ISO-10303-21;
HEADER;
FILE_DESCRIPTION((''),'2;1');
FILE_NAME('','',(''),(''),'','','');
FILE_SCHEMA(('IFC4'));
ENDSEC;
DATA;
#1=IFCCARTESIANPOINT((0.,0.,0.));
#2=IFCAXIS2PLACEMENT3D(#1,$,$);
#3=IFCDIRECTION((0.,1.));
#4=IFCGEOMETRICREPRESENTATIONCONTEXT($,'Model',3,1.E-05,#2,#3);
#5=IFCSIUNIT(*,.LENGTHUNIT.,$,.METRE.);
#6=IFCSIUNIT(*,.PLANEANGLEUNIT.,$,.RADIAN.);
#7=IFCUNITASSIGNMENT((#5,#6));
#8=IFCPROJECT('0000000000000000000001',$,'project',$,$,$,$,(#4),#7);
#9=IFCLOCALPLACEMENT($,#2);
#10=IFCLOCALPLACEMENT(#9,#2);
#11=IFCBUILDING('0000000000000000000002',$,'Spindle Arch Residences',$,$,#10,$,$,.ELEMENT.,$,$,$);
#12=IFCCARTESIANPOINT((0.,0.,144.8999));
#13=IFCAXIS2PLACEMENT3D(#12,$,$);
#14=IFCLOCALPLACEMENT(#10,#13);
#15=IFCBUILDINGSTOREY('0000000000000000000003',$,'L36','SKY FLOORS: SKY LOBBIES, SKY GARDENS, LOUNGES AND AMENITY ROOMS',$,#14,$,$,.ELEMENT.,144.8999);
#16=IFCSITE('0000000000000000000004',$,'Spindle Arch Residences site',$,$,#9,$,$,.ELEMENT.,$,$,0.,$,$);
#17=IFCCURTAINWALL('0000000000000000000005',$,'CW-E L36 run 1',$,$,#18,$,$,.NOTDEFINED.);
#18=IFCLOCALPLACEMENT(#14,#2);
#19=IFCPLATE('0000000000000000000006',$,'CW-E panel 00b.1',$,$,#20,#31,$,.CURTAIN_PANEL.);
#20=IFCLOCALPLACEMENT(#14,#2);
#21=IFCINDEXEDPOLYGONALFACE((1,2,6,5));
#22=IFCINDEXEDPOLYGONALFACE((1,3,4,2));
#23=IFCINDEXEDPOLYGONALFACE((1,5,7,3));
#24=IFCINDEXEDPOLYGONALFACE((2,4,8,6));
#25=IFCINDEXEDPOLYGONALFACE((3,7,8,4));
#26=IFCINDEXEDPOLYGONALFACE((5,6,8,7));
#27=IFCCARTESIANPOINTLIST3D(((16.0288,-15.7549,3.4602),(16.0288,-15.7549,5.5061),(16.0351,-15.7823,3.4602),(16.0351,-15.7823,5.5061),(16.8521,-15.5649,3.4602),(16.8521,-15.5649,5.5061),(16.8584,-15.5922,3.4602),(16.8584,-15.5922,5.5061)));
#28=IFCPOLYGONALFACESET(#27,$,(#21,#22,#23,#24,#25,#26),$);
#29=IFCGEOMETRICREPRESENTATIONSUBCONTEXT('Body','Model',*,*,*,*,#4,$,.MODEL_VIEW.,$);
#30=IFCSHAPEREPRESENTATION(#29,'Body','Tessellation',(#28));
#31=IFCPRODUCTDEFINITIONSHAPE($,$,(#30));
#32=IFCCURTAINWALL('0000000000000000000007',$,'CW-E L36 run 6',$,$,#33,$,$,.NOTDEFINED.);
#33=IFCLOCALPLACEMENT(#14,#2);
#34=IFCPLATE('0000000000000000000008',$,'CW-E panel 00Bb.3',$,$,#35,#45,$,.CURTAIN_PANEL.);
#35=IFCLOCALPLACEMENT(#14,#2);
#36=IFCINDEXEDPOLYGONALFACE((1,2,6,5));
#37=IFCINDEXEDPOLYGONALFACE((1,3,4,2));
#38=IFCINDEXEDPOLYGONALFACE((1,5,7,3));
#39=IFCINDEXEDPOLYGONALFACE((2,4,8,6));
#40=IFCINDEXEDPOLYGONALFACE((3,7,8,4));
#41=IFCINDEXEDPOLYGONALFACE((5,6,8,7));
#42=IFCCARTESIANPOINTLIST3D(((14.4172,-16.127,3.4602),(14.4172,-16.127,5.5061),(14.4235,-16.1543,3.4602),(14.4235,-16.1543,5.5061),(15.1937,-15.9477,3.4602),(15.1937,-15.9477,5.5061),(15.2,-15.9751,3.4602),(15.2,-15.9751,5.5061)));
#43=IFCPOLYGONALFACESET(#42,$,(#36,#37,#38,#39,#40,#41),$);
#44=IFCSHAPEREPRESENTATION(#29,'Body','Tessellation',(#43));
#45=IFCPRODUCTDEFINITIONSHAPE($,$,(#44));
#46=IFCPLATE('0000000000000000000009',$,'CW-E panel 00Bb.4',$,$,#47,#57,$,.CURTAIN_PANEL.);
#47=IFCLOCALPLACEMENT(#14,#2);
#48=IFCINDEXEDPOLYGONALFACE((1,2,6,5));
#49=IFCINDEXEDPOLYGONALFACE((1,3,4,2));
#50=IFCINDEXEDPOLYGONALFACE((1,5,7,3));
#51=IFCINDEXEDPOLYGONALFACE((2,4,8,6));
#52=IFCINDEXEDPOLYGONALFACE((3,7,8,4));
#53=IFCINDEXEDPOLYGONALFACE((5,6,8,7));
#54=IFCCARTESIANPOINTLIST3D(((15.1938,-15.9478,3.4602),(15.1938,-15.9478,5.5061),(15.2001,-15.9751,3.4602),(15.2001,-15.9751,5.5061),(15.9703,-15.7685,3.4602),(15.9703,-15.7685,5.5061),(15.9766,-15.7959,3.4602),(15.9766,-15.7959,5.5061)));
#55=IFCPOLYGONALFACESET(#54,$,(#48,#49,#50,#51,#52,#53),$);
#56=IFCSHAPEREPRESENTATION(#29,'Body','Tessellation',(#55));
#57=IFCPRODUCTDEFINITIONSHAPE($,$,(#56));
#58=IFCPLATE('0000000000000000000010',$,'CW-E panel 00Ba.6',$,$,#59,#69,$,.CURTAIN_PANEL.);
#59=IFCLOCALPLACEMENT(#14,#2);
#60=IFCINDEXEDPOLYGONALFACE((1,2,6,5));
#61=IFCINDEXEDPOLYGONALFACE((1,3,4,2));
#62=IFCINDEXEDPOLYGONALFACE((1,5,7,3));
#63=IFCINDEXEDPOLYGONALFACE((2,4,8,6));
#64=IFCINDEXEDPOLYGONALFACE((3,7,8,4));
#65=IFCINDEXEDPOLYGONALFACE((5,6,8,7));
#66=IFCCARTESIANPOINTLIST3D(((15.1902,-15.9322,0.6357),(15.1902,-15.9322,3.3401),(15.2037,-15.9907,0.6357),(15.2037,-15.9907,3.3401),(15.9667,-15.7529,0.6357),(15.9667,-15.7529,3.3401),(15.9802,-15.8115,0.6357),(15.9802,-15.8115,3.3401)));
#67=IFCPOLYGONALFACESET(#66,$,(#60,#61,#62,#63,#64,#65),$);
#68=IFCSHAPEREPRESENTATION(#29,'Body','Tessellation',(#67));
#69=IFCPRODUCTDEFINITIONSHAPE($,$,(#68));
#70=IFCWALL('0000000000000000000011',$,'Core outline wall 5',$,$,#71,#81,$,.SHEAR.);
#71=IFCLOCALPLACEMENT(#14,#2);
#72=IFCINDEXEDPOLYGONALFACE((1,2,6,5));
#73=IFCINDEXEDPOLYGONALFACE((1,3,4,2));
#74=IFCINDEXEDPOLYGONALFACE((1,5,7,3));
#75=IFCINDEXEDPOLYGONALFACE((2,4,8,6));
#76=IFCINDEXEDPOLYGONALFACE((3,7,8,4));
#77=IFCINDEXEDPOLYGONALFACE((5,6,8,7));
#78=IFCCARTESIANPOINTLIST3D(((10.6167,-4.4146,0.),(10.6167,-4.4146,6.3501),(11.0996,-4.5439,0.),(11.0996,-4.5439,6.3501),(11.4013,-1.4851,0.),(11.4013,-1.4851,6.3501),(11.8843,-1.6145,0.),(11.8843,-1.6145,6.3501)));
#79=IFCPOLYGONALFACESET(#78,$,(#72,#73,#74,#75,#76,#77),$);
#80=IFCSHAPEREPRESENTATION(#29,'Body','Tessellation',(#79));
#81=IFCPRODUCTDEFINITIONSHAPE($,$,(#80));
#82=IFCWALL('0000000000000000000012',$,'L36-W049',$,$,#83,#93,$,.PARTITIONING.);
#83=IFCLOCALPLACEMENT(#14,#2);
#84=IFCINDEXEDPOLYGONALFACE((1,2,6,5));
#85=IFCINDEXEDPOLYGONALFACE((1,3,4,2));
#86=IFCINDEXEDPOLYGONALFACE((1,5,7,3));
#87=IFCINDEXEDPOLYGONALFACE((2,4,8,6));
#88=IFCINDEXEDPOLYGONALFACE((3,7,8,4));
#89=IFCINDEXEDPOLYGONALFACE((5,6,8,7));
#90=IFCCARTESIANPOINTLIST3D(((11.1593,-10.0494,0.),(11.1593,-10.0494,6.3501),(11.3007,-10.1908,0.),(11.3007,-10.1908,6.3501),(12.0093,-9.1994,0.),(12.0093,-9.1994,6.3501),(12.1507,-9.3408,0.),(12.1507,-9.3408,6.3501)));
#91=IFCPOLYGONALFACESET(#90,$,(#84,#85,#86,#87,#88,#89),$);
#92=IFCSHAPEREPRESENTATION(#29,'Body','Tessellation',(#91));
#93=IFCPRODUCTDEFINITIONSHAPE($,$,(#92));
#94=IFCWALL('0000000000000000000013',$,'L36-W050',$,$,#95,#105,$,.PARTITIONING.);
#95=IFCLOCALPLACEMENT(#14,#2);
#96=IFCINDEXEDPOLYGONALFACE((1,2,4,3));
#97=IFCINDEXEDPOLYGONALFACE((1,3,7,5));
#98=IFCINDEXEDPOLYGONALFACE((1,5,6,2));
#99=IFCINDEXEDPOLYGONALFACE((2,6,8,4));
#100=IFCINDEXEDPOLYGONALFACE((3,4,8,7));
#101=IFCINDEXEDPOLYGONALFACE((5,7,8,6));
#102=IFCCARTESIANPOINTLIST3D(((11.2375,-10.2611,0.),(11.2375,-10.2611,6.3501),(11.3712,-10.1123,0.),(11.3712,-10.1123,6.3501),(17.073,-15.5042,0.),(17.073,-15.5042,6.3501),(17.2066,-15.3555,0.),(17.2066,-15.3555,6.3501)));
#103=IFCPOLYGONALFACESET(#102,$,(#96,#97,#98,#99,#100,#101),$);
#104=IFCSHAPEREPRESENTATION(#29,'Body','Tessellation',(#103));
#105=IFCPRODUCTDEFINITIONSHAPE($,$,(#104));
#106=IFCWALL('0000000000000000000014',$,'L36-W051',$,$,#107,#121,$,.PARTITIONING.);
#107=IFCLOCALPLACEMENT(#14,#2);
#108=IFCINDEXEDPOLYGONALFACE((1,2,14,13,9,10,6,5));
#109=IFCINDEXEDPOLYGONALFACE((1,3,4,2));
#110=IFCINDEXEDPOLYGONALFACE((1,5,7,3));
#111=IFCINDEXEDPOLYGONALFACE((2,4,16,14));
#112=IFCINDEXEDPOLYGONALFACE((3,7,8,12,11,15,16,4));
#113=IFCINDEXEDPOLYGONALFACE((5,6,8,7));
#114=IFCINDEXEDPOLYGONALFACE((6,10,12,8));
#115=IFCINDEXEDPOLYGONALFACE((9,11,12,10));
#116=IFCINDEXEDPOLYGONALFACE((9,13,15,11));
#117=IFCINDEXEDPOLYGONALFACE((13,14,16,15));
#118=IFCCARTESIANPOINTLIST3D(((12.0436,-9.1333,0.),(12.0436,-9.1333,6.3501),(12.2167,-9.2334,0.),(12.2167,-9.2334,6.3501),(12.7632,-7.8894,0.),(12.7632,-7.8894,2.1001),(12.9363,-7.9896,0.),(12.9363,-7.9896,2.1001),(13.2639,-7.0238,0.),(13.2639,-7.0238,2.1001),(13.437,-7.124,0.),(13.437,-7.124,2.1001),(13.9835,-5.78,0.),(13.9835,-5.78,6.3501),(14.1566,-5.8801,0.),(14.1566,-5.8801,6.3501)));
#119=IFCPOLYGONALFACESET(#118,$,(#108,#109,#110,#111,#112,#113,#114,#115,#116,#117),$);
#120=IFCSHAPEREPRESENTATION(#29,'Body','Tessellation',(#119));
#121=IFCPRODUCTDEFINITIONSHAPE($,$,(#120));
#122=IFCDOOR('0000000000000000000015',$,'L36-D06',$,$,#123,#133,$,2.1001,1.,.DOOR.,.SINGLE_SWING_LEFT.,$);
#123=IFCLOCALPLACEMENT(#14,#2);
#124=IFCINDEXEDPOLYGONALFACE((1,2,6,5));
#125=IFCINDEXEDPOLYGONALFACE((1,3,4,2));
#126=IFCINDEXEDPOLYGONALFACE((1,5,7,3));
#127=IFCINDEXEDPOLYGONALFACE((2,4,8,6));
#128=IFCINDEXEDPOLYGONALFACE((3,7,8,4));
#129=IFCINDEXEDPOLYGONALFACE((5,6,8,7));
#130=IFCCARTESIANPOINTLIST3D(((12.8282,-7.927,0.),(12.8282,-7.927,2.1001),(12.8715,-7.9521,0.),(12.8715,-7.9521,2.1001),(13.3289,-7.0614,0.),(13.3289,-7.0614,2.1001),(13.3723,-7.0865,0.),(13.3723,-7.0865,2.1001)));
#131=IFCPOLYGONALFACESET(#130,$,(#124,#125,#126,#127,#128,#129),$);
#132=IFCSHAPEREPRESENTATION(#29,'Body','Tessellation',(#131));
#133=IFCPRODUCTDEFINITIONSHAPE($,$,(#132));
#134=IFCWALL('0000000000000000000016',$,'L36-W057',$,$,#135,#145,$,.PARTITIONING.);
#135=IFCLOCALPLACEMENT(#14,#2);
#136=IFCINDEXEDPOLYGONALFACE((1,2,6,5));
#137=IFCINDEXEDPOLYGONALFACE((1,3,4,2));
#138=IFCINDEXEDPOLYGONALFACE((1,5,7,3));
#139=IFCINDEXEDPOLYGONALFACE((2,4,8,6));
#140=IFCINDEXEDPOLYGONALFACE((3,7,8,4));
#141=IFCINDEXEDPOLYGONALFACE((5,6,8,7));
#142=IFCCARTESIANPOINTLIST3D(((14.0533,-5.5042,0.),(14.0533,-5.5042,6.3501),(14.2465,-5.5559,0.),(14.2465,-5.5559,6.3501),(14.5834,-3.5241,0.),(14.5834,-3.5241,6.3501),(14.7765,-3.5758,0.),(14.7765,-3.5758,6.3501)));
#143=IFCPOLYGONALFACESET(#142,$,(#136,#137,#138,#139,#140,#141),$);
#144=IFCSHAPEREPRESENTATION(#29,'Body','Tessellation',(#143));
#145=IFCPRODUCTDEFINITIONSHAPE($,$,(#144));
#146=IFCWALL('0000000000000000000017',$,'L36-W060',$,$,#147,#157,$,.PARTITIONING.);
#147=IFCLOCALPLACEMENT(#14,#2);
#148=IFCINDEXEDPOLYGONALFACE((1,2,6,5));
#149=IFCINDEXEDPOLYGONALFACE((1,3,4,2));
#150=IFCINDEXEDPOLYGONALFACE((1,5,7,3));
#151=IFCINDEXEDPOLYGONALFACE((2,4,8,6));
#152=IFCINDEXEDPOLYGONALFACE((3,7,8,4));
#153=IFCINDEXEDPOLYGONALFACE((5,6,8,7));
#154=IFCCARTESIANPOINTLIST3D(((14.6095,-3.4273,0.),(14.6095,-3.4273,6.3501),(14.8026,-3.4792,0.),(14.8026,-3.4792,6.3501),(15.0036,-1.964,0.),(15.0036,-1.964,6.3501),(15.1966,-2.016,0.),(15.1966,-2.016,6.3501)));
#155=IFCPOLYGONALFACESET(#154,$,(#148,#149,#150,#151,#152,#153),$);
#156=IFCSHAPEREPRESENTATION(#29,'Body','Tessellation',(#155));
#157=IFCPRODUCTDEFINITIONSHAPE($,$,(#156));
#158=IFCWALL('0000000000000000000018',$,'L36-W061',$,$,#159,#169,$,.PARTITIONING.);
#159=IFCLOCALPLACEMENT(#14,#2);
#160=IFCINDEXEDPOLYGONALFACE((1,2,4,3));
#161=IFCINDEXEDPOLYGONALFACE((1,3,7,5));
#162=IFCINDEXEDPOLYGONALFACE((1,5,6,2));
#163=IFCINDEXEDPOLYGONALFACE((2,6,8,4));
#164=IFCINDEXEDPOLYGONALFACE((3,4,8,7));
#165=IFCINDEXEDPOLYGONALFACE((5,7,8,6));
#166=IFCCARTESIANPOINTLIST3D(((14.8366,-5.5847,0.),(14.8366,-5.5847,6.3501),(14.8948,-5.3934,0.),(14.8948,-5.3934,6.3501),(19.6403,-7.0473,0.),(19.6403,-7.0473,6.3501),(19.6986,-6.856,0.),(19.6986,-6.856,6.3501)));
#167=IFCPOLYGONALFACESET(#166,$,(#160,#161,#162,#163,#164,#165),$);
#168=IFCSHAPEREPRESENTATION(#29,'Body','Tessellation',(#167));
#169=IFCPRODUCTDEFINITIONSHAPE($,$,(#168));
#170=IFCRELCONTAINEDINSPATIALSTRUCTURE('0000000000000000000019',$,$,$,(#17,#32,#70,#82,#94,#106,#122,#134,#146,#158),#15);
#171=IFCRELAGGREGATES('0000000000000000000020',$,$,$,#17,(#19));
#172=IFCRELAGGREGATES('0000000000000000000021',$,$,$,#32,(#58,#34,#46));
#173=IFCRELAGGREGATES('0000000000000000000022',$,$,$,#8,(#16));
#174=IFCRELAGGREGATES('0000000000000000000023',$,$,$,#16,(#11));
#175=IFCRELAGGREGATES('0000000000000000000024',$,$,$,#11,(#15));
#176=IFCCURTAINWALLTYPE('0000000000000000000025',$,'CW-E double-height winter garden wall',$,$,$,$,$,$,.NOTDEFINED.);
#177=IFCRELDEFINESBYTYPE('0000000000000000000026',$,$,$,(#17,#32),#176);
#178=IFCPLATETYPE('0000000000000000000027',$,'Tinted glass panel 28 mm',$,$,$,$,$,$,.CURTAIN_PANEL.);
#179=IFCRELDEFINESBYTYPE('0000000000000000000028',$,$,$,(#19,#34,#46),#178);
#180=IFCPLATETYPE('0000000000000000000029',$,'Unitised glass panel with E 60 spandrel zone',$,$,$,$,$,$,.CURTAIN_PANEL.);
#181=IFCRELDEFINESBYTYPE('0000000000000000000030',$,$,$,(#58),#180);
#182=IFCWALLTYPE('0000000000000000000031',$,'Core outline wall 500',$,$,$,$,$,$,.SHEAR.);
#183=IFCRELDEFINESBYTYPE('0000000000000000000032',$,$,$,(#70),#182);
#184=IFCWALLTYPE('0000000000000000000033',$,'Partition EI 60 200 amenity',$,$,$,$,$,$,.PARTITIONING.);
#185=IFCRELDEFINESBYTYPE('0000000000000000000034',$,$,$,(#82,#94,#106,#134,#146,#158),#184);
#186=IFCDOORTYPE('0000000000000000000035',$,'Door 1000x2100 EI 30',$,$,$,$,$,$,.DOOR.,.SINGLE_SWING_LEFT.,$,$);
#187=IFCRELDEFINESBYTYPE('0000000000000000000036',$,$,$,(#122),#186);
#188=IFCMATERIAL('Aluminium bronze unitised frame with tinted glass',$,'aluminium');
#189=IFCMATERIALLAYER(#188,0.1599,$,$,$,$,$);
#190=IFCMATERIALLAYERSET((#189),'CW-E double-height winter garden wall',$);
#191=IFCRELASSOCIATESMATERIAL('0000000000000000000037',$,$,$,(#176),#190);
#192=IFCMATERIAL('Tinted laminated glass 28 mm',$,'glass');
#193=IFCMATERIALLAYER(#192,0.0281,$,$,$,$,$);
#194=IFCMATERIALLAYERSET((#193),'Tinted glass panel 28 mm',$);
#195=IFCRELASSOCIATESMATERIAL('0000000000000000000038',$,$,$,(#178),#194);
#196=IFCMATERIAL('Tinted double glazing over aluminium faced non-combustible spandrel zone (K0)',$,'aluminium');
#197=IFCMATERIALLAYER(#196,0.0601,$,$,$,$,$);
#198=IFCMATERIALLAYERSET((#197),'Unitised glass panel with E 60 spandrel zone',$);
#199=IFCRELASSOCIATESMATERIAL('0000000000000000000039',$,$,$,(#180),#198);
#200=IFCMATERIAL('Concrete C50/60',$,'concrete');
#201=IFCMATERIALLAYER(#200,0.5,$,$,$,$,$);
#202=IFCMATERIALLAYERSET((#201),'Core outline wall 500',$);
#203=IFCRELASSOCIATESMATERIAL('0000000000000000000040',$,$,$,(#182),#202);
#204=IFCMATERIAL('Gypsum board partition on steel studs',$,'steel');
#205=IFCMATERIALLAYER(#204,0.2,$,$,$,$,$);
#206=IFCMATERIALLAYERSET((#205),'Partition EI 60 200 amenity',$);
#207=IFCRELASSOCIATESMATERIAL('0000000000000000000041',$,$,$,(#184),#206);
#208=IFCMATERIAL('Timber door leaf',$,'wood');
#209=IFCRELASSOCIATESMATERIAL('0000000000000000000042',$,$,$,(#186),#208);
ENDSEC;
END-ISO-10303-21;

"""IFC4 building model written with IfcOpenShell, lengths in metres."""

from ifc_helpers import new_model, si_unit, direction, frame, frame_2d, origin, origin_2d, place, context, subcontext, project, spatial, rectangle, extrude, material, layer, layer_set, type_object, element, fill, aggregate, save


model = new_model("IFC4")

# Units and contexts
model_context = context("Model", 3, precision=1e-05, world=origin(), true_north=direction((0.0, 1.0)))
body_context = subcontext(model_context, "Body", "Model", "MODEL_VIEW")
ifc_project = project(units=[si_unit("LENGTHUNIT", "METRE"), si_unit("PLANEANGLEUNIT", "RADIAN")], contexts=[model_context])

# Site, building, storey
site_placement = place(None, origin())
site = spatial("IfcSite", under=ifc_project, at=site_placement, Name="Spindle Arch Residences site", CompositionType="ELEMENT", RefElevation=0.0)
building_placement = place(site_placement, origin())
building = spatial("IfcBuilding", under=site, at=building_placement, Name="Spindle Arch Residences", CompositionType="ELEMENT")
storey_placement = place(building_placement, frame((0.0, 0.0, 144.8999)))
storey = spatial("IfcBuildingStorey", under=building, at=storey_placement, Name="L36", Description="SKY FLOORS: SKY LOBBIES, SKY GARDENS, LOUNGES AND AMENITY ROOMS", CompositionType="ELEMENT", Elevation=144.8999)

# Curtain wall
ifc_material_1 = material(Name="Aluminium bronze unitised frame with tinted glass", Category="aluminium")
ifc_layer_1 = layer(ifc_material_1, 0.1599)
ifc_layer_set_1 = layer_set([ifc_layer_1], Name="CW-E double-height winter garden wall")
curtain_wall_type = type_object("IfcCurtainWallType", Name="CW-E double-height winter garden wall", PredefinedType="NOTDEFINED", material=ifc_layer_set_1)
curtain_wall_1_placement = place(storey_placement, origin())
curtain_wall_1 = element("IfcCurtainWall", 1, at=curtain_wall_1_placement, inside=storey, type_object=curtain_wall_type, Name="CW-E L36 run 1", PredefinedType="NOTDEFINED")

# Plate
ifc_material_2 = material(Name="Tinted laminated glass 28 mm", Category="glass")
ifc_layer_2 = layer(ifc_material_2, 0.0281)
ifc_layer_set_2 = layer_set([ifc_layer_2], Name="Tinted glass panel 28 mm")
plate_type_1 = type_object("IfcPlateType", Name="Tinted glass panel 28 mm", PredefinedType="CURTAIN_PANEL", material=ifc_layer_set_2)
plate_1_placement = place(storey_placement, frame((16.4436, -15.6736, 3.4602), z_axis=(0.0, 0.0, 1.0), x_axis=(0.97437, 0.224951, 0.0)))
plate_1 = element("IfcPlate", 2, at=plate_1_placement, type_object=plate_type_1, Name="CW-E panel 00b.1", PredefinedType="CURTAIN_PANEL", context=body_context, shape_type="SweptSolid", body=[
    extrude(rectangle(XDim=0.845, YDim=0.0281, at=origin_2d()), origin(), (0.0, 0.0, 1.0), 2.0459),
])
aggregate(curtain_wall_1, [plate_1])

# Curtain wall, plates
curtain_wall_2_placement = place(storey_placement, origin())
curtain_wall_2 = element("IfcCurtainWall", 3, at=curtain_wall_2_placement, inside=storey, type_object=curtain_wall_type, Name="CW-E L36 run 6", PredefinedType="NOTDEFINED")
plate_2_placement = place(storey_placement, frame((14.8086, -16.051, 3.4602), z_axis=(0.0, 0.0, 1.0), x_axis=(0.97437, 0.224951, 0.0)))
plate_2 = element("IfcPlate", 4, at=plate_2_placement, type_object=plate_type_1, Name="CW-E panel 00Bb.3", PredefinedType="CURTAIN_PANEL", context=body_context, shape_type="SweptSolid", body=[
    extrude(rectangle(XDim=0.7969, YDim=0.0281, at=origin_2d()), origin(), (0.0, 0.0, 1.0), 2.0459),
])
plate_3_placement = place(storey_placement, frame((15.5852, -15.8718, 3.4602), z_axis=(0.0, 0.0, 1.0), x_axis=(0.97437, 0.224951, 0.0)))
plate_3 = element("IfcPlate", 5, at=plate_3_placement, type_object=plate_type_1, Name="CW-E panel 00Bb.4", PredefinedType="CURTAIN_PANEL", context=body_context, shape_type="SweptSolid", body=[
    extrude(rectangle(XDim=0.7969, YDim=0.0281, at=origin_2d()), origin(), (0.0, 0.0, 1.0), 2.0459),
])
ifc_material_3 = material(Name="Tinted double glazing over aluminium faced non-combustible spandrel zone (K0)", Category="aluminium")
ifc_layer_3 = layer(ifc_material_3, 0.0601)
ifc_layer_set_3 = layer_set([ifc_layer_3], Name="Unitised glass panel with E 60 spandrel zone")
plate_type_2 = type_object("IfcPlateType", Name="Unitised glass panel with E 60 spandrel zone", PredefinedType="CURTAIN_PANEL", material=ifc_layer_set_3)
plate_4_placement = place(storey_placement, frame((15.5852, -15.8718, 0.6357), z_axis=(0.0, 0.0, 1.0), x_axis=(0.97437, 0.224951, 0.0)))
plate_4 = element("IfcPlate", 6, at=plate_4_placement, type_object=plate_type_2, Name="CW-E panel 00Ba.6", PredefinedType="CURTAIN_PANEL", context=body_context, shape_type="SweptSolid", body=[
    extrude(rectangle(XDim=0.7969, YDim=0.0601, at=origin_2d()), origin(), (0.0, 0.0, 1.0), 2.7043),
])
aggregate(curtain_wall_2, [plate_4, plate_2, plate_3])

# Walls
ifc_material_4 = material(Name="Concrete C50/60", Category="concrete")
ifc_layer_4 = layer(ifc_material_4, 0.5)
ifc_layer_set_4 = layer_set([ifc_layer_4], Name="Core outline wall 500")
wall_type_1 = type_object("IfcWallType", Name="Core outline wall 500", PredefinedType="SHEAR", material=ifc_layer_set_4)
wall_1_placement = place(storey_placement, frame((10.8582, -4.4792, 0.0), z_axis=(0.0, 0.0, 1.0), x_axis=(0.258735, 0.965948, 0.0)))
element("IfcWall", 7, at=wall_1_placement, inside=storey, type_object=wall_type_1, Name="Core outline wall 5", PredefinedType="SHEAR", context=body_context, shape_type="SweptSolid", body=[
    extrude(rectangle(XDim=3.0327, YDim=0.5, at=frame_2d((1.5164, 0.0))), origin(), (0.0, 0.0, 1.0), 6.3501),
])
ifc_material_5 = material(Name="Gypsum board partition on steel studs", Category="steel")
ifc_layer_5 = layer(ifc_material_5, 0.2)
ifc_layer_set_5 = layer_set([ifc_layer_5], Name="Partition EI 60 200 amenity")
wall_type_2 = type_object("IfcWallType", Name="Partition EI 60 200 amenity", PredefinedType="PARTITIONING", material=ifc_layer_set_5)
wall_2_placement = place(storey_placement, frame((11.23, -10.1201, 0.0), z_axis=(0.0, 0.0, 1.0), x_axis=(0.707107, 0.707107, 0.0)))
element("IfcWall", 8, at=wall_2_placement, inside=storey, type_object=wall_type_2, Name="L36-W049", PredefinedType="PARTITIONING", context=body_context, shape_type="SweptSolid", body=[
    extrude(rectangle(XDim=1.2021, YDim=0.2, at=frame_2d((0.6011, 0.0))), origin(), (0.0, 0.0, 1.0), 6.3501),
])
wall_3_placement = place(storey_placement, frame((11.3044, -10.1868, 0.0), z_axis=(0.0, 0.0, 1.0), x_axis=(0.743848, -0.668349, 0.0)))
element("IfcWall", 9, at=wall_3_placement, inside=storey, type_object=wall_type_2, Name="L36-W050", PredefinedType="PARTITIONING", context=body_context, shape_type="SweptSolid", body=[
    extrude(rectangle(XDim=7.845, YDim=0.2, at=frame_2d((3.9224, 0.0))), origin(), (0.0, 0.0, 1.0), 6.3501),
])

# Wall, opening, door
wall_4_placement = place(storey_placement, frame((12.1301, -9.1833, 0.0), z_axis=(0.0, 0.0, 1.0), x_axis=(0.50076, 0.865586, 0.0)))
wall_4 = element("IfcWall", 10, at=wall_4_placement, inside=storey, type_object=wall_type_2, Name="L36-W051", PredefinedType="PARTITIONING", context=body_context, shape_type="SweptSolid", body=[
    extrude(rectangle(XDim=3.874, YDim=0.2, at=frame_2d((1.937, 0.0))), origin(), (0.0, 0.0, 1.0), 6.3501),
])
opening_1_placement = place(wall_4_placement, frame((1.437, 0.0, 0.0)))
opening_1 = element("IfcOpeningElement", 11, at=opening_1_placement, cuts=wall_4, PredefinedType="OPENING", context=body_context, shape_type="SweptSolid", body=[
    extrude(rectangle(XDim=1.0, YDim=2.1001, at=frame_2d((0.5, 1.05))), frame((0.0, 0.1099, 0.0), z_axis=(0.0, -1.0, 0.0), x_axis=(1.0, 0.0, 0.0)), (0.0, 0.0, 1.0), 0.22),
])
ifc_material_6 = material(Name="Timber door leaf", Category="wood")
door_type = type_object("IfcDoorType", Name="Door 1000x2100 EI 30", OperationType="SINGLE_SWING_LEFT", PredefinedType="DOOR", material=ifc_material_6)
door_1_placement = place(opening_1_placement, origin())
door_1 = element("IfcDoor", 12, at=door_1_placement, inside=storey, type_object=door_type, Name="L36-D06", OperationType="SINGLE_SWING_LEFT", OverallHeight=2.1001, OverallWidth=1.0, PredefinedType="DOOR", context=body_context, shape_type="SweptSolid", body=[
    extrude(rectangle(XDim=1.0, YDim=2.1001, at=frame_2d((0.5, 1.05))), frame((0.0, 0.0249, 0.0), z_axis=(0.0, -1.0, 0.0), x_axis=(1.0, 0.0, 0.0)), (0.0, 0.0, 1.0), 0.05),
])
fill(opening_1, door_1)

# Walls
wall_5_placement = place(storey_placement, frame((14.1499, -5.53, 0.0), z_axis=(0.0, 0.0, 1.0), x_axis=(0.258589, 0.965987, 0.0)))
element("IfcWall", 13, at=wall_5_placement, inside=storey, type_object=wall_type_2, Name="L36-W057", PredefinedType="PARTITIONING", context=body_context, shape_type="SweptSolid", body=[
    extrude(rectangle(XDim=2.0498, YDim=0.2, at=frame_2d((1.0249, 0.0))), origin(), (0.0, 0.0, 1.0), 6.3501),
])
wall_6_placement = place(storey_placement, frame((14.7061, -3.4534, 0.0), z_axis=(0.0, 0.0, 1.0), x_axis=(0.260008, 0.965606, 0.0)))
element("IfcWall", 14, at=wall_6_placement, inside=storey, type_object=wall_type_2, Name="L36-W060", PredefinedType="PARTITIONING", context=body_context, shape_type="SweptSolid", body=[
    extrude(rectangle(XDim=1.5154, YDim=0.2, at=frame_2d((0.7578, 0.0))), origin(), (0.0, 0.0, 1.0), 6.3501),
])
wall_7_placement = place(storey_placement, frame((14.8657, -5.489, 0.0), z_axis=(0.0, 0.0, 1.0), x_axis=(0.956638, -0.29128, 0.0)))
element("IfcWall", 15, at=wall_7_placement, inside=storey, type_object=wall_type_2, Name="L36-W061", PredefinedType="PARTITIONING", context=body_context, shape_type="SweptSolid", body=[
    extrude(rectangle(XDim=5.0215, YDim=0.2, at=frame_2d((2.5107, 0.0))), origin(), (0.0, 0.0, 1.0), 6.3501),
])

save(model, "model.ifc")
